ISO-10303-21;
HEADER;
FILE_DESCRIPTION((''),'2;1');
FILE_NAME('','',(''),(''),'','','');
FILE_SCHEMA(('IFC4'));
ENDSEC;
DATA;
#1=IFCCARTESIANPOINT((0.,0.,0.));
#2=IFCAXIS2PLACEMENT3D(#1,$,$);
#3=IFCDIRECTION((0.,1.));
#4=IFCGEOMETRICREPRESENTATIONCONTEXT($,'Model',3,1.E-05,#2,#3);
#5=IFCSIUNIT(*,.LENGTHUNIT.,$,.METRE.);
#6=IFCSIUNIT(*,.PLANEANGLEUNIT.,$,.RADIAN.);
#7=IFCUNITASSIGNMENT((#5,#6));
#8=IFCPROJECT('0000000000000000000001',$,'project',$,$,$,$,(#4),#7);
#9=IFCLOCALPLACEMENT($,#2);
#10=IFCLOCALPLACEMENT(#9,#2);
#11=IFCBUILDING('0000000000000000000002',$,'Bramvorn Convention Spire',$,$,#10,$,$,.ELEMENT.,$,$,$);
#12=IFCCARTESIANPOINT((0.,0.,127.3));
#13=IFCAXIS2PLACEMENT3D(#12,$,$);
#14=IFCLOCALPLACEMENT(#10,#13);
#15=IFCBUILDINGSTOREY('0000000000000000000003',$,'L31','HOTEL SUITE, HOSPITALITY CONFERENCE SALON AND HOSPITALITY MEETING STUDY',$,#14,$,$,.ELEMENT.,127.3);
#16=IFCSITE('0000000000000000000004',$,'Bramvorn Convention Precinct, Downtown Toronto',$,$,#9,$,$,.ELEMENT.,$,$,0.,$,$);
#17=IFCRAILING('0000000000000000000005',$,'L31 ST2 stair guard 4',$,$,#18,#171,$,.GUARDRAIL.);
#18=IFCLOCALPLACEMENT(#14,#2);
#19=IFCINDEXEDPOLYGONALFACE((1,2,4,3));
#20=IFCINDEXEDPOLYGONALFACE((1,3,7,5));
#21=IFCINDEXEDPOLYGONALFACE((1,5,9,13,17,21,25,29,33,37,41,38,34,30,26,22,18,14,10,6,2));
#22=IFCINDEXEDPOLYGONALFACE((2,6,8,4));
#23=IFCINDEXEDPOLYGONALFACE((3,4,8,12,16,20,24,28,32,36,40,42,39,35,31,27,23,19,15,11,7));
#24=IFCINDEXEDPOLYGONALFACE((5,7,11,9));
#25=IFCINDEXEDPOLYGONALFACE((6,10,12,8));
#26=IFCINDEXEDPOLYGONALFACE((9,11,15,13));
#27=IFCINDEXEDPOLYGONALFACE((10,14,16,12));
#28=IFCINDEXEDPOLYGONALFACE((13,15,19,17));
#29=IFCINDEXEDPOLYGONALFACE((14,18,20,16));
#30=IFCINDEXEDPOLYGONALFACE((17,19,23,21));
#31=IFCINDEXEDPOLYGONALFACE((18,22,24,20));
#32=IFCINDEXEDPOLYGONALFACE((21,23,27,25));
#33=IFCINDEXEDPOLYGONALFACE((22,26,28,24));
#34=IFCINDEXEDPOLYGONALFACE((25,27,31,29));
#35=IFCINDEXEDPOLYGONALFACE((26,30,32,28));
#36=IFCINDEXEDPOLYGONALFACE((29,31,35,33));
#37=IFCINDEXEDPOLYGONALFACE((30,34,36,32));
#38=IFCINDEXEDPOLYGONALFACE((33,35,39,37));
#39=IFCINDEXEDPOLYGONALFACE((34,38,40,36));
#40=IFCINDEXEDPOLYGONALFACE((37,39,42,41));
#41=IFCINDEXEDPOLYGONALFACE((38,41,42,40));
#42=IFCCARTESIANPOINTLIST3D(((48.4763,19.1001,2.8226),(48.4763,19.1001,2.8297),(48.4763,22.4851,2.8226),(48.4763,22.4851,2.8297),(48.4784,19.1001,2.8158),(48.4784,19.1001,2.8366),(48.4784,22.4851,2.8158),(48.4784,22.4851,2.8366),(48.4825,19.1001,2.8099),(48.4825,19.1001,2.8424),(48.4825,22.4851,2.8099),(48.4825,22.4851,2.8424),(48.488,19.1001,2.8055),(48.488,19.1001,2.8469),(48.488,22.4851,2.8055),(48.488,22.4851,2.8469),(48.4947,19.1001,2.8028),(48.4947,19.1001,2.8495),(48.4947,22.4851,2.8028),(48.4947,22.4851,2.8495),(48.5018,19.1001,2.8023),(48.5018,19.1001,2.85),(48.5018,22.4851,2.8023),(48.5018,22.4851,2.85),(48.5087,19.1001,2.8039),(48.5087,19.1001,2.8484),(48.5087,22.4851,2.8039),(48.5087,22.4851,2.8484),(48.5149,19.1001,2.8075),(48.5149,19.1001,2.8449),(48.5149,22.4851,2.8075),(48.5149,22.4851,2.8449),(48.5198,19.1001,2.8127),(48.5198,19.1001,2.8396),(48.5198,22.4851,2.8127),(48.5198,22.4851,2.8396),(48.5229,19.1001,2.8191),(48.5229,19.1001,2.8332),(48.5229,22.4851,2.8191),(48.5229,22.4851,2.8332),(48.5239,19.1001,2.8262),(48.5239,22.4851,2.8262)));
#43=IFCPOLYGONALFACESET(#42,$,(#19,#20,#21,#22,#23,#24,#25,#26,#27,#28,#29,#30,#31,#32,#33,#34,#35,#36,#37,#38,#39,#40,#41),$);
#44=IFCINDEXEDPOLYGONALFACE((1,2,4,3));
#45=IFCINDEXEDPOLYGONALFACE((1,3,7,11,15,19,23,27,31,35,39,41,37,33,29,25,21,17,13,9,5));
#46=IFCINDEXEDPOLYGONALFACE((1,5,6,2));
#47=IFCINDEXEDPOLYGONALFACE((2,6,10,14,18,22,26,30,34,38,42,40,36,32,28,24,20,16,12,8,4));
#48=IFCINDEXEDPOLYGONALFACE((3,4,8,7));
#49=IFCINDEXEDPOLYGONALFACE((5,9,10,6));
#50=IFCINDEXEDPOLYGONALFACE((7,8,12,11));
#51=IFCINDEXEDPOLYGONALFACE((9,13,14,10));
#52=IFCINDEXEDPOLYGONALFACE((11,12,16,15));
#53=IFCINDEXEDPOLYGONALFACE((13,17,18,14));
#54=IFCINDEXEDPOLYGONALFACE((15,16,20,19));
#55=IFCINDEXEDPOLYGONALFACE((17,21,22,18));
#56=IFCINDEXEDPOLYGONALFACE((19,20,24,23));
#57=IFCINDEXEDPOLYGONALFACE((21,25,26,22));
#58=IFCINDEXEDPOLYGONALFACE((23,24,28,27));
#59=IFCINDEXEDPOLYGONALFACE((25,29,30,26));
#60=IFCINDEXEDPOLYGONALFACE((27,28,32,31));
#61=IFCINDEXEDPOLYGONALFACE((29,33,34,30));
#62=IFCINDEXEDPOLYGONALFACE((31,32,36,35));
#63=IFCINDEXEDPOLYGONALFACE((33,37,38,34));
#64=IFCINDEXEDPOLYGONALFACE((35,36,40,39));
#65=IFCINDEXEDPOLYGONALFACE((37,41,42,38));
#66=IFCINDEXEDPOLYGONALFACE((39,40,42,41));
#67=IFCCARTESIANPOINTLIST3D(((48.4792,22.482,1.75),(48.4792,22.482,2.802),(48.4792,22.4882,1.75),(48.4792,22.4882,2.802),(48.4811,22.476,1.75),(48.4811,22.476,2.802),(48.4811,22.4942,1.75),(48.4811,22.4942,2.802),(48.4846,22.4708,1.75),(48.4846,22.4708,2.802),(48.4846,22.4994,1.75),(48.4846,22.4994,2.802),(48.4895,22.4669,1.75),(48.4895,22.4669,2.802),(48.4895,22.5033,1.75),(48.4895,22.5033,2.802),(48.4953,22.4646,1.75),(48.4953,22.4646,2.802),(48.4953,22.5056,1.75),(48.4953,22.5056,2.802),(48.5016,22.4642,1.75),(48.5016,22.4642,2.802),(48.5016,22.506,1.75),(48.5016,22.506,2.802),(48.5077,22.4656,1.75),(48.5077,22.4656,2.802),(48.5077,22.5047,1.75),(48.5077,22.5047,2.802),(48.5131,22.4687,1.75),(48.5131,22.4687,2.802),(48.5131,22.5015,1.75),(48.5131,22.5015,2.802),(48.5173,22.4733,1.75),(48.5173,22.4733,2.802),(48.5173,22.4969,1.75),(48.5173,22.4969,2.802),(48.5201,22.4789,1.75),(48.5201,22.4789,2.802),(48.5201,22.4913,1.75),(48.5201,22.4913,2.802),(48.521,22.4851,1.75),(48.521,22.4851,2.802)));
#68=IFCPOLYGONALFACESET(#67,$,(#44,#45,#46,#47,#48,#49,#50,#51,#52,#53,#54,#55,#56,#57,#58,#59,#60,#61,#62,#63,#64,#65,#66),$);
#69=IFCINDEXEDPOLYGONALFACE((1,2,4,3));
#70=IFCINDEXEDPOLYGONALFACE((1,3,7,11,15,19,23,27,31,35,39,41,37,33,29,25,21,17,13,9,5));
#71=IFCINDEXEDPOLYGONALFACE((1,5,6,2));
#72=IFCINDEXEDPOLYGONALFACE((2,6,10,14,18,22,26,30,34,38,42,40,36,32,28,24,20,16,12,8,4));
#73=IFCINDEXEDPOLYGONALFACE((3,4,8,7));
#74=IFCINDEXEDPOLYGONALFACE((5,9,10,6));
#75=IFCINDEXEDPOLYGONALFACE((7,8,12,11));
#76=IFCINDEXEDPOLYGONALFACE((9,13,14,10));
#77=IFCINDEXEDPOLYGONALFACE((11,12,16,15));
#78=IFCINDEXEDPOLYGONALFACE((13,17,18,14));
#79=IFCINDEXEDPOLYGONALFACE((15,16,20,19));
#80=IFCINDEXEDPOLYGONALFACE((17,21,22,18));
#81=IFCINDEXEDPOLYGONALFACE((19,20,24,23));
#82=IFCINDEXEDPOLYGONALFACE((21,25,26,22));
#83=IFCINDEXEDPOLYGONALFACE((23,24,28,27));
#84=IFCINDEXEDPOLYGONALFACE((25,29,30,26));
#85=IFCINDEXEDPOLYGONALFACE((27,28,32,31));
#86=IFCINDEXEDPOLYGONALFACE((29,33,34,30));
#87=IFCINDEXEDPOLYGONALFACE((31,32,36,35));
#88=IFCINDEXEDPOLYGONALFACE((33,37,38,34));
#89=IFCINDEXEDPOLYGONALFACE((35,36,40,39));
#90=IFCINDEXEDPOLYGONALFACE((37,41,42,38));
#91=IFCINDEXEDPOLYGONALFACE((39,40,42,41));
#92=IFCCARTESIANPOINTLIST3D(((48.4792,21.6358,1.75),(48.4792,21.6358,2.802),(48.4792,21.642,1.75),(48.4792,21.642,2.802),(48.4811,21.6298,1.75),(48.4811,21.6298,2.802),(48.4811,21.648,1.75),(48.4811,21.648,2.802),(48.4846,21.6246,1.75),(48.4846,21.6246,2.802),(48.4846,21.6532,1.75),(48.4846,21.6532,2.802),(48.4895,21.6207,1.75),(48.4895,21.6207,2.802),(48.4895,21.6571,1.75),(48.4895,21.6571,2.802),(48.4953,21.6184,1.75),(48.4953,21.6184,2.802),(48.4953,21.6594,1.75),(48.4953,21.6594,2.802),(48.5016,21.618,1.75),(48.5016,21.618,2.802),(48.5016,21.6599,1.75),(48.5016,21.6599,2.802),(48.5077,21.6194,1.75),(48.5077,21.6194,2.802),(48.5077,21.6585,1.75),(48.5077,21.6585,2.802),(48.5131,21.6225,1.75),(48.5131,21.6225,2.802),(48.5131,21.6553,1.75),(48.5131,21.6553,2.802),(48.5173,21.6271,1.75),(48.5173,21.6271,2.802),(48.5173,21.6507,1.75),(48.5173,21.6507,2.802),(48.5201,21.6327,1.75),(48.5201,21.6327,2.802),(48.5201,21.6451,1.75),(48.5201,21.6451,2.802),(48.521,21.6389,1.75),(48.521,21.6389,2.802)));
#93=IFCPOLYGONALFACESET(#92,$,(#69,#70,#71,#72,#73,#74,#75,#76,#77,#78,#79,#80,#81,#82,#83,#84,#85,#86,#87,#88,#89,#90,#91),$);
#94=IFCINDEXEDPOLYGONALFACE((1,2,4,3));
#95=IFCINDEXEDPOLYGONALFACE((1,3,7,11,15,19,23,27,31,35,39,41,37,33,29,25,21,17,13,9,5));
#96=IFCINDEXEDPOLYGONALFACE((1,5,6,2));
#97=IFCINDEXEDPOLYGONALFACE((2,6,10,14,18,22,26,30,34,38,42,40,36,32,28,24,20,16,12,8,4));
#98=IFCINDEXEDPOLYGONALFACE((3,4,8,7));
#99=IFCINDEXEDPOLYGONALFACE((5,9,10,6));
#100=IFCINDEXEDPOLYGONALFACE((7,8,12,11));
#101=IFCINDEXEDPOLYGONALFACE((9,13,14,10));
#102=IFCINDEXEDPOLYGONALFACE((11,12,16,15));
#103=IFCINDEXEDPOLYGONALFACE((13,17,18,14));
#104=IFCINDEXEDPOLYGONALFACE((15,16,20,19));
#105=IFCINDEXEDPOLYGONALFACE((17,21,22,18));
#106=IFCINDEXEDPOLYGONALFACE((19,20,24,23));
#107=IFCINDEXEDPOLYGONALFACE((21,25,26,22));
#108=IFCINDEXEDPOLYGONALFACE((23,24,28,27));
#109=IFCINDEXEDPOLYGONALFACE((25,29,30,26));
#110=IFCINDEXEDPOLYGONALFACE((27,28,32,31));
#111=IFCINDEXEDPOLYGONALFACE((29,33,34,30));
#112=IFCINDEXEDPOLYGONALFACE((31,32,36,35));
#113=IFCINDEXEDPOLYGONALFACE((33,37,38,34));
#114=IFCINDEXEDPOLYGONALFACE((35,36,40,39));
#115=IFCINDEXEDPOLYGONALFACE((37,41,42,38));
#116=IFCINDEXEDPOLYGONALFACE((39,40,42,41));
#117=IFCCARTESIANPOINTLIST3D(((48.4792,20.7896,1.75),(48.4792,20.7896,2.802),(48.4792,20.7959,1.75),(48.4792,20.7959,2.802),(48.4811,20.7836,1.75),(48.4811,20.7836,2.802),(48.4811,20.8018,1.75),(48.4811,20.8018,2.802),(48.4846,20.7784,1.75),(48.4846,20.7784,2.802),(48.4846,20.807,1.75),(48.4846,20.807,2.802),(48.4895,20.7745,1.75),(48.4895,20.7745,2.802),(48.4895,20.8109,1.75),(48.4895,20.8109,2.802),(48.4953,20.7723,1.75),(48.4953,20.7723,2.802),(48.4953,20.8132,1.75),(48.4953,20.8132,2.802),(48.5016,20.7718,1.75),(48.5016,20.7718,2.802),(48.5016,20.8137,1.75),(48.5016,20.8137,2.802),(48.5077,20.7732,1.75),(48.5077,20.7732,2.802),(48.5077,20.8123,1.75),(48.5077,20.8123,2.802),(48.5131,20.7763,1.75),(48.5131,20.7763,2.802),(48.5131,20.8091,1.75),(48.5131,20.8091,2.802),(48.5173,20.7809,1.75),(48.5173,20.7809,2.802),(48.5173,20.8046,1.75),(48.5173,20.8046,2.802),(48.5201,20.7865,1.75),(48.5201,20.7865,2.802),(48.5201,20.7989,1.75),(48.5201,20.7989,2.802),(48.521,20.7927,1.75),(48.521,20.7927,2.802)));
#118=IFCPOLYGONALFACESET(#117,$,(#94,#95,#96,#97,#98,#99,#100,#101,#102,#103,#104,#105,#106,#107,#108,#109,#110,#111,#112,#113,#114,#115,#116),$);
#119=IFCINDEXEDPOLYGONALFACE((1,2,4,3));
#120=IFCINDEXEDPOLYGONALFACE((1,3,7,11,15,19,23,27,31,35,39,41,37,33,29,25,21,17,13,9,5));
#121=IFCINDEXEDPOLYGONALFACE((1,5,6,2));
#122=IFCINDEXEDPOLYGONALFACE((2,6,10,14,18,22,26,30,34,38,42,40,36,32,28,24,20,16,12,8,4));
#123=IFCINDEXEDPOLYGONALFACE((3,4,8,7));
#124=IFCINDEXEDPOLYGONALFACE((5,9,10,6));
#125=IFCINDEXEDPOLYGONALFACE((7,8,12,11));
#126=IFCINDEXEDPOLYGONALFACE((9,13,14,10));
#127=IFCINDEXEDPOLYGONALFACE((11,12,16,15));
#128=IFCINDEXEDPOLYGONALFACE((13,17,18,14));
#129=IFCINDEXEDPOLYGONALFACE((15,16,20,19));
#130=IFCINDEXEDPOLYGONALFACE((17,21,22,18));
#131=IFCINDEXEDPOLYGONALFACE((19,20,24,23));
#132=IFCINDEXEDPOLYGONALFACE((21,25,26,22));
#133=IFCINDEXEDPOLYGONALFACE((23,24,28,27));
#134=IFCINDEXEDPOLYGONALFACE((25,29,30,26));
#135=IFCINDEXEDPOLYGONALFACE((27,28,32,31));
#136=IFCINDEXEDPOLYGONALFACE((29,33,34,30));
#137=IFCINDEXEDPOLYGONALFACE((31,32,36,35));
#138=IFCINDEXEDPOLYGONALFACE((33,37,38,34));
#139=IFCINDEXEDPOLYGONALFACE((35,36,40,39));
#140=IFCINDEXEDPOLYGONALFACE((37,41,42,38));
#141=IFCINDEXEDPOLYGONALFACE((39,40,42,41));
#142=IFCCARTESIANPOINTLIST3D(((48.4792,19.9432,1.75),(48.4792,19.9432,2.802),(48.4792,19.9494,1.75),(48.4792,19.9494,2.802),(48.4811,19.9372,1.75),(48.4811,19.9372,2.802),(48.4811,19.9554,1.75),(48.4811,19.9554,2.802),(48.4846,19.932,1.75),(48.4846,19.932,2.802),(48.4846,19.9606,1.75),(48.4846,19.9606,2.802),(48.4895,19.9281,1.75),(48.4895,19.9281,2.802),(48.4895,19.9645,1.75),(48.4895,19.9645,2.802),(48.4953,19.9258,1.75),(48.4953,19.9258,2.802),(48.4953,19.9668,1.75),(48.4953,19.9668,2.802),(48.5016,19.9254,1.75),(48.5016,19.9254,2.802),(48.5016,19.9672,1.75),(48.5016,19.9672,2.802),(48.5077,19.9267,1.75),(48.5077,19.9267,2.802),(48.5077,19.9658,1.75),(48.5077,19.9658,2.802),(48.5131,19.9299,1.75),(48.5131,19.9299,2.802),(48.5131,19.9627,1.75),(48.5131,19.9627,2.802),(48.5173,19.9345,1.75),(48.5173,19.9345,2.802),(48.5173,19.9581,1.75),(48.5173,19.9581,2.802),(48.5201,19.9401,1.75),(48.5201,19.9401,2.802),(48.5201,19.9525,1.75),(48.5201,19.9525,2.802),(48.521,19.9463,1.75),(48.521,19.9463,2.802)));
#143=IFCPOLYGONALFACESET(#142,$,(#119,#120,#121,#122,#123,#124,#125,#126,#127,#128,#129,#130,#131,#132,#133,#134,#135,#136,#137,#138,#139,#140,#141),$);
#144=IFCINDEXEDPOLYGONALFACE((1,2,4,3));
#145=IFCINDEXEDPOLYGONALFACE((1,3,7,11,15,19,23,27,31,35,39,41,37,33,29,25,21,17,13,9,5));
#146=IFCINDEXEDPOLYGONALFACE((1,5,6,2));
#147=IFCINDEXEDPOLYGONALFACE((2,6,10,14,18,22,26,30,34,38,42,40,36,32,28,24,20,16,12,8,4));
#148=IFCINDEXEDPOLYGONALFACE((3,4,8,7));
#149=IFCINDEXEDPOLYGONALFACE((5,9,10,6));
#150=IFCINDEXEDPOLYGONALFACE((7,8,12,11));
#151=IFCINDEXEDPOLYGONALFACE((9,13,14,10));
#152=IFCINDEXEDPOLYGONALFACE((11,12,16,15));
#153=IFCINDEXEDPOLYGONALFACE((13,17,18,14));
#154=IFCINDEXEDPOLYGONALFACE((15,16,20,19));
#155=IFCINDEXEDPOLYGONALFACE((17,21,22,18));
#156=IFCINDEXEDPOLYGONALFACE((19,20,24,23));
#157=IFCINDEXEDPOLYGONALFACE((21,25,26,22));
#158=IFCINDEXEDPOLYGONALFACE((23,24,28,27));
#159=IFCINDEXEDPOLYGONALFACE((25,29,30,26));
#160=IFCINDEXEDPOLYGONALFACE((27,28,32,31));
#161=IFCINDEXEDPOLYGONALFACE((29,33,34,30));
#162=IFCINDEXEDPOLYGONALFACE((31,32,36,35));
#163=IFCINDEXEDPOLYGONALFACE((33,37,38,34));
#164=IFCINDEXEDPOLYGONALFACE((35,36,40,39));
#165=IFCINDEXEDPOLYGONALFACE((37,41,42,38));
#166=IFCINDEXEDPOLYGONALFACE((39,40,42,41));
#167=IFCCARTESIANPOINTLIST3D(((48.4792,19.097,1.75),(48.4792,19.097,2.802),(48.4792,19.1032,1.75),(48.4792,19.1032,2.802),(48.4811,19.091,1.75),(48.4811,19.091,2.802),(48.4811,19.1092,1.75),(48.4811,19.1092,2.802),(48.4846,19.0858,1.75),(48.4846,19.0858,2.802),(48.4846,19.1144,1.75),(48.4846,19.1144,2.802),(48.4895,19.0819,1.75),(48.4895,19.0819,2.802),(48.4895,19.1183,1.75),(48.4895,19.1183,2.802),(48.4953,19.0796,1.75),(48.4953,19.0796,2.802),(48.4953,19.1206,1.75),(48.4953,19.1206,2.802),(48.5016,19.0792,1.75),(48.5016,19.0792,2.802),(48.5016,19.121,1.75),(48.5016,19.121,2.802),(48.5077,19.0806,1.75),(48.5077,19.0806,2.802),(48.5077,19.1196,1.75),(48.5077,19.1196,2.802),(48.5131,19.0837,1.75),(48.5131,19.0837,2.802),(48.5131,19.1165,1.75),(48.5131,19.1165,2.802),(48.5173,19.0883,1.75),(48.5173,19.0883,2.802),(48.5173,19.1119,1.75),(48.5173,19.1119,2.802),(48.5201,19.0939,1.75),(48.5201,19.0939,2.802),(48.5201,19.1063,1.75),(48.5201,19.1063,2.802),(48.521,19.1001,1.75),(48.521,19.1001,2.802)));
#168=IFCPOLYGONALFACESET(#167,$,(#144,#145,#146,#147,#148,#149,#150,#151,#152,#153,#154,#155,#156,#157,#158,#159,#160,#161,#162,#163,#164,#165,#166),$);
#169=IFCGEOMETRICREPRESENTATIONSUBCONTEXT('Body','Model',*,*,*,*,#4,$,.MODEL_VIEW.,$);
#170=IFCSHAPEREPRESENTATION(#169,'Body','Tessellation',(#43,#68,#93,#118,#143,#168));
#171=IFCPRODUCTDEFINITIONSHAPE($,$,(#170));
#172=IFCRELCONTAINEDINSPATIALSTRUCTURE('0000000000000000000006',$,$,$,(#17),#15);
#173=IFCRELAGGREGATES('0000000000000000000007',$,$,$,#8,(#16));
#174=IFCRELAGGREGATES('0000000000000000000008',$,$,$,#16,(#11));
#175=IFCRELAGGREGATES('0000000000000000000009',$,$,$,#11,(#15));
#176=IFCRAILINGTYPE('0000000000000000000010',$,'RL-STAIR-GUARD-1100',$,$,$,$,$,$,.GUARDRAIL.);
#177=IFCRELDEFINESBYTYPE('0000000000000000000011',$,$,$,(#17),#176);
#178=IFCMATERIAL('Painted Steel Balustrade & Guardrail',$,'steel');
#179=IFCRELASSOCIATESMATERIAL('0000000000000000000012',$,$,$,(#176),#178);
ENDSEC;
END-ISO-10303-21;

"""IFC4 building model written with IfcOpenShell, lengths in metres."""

from ifc_helpers import new_model, si_unit, direction, frame, origin, origin_2d, place, context, subcontext, project, spatial, circle, extrude, material, type_object, element, save


model = new_model("IFC4")

# Units and contexts
model_context = context("Model", 3, precision=1e-05, world=origin(), true_north=direction((0.0, 1.0)))
body_context = subcontext(model_context, "Body", "Model", "MODEL_VIEW")
ifc_project = project(units=[si_unit("LENGTHUNIT", "METRE"), si_unit("PLANEANGLEUNIT", "RADIAN")], contexts=[model_context])

# Site, building, storey
site_placement = place(None, origin())
site = spatial("IfcSite", under=ifc_project, at=site_placement, Name="Bramvorn Convention Precinct, Downtown Toronto", CompositionType="ELEMENT", RefElevation=0.0)
building_placement = place(site_placement, origin())
building = spatial("IfcBuilding", under=site, at=building_placement, Name="Bramvorn Convention Spire", CompositionType="ELEMENT")
storey_placement = place(building_placement, frame((0.0, 0.0, 127.3)))
storey = spatial("IfcBuildingStorey", under=building, at=storey_placement, Name="L31", Description="HOTEL SUITE, HOSPITALITY CONFERENCE SALON AND HOSPITALITY MEETING STUDY", CompositionType="ELEMENT", Elevation=127.3)

# Railing
ifc_material_1 = material(Name="Painted Steel Balustrade & Guardrail", Category="steel")
railing_type_1 = type_object("IfcRailingType", Name="RL-STAIR-GUARD-1100", PredefinedType="GUARDRAIL", material=ifc_material_1)
railing_1_placement = place(storey_placement, frame((48.5, 22.4851, 1.75)))
element("IfcRailing", 1, at=railing_1_placement, inside=storey, type_object=railing_type_1, Name="L31 ST2 stair guard 4", PredefinedType="GUARDRAIL", context=body_context, shape_type="SweptSolid", body=[
    extrude(circle(Radius=0.0239, at=origin_2d()), frame((0.0, 0.0, 1.0762), z_axis=(0.0, -1.0, 0.0), x_axis=(1.0, 0.0, 0.0)), (0.0, 0.0, 1.0), 3.385),
    extrude(circle(Radius=0.021, at=origin_2d()), origin(), (0.0, 0.0, 1.0), 1.052),
    extrude(circle(Radius=0.021, at=origin_2d()), frame((0.0, -0.8462, 0.0)), (0.0, 0.0, 1.0), 1.052),
    extrude(circle(Radius=0.021, at=origin_2d()), frame((0.0, -1.6924, 0.0)), (0.0, 0.0, 1.0), 1.052),
    extrude(circle(Radius=0.021, at=origin_2d()), frame((0.0, -2.5388, 0.0)), (0.0, 0.0, 1.0), 1.052),
    extrude(circle(Radius=0.021, at=origin_2d()), frame((0.0, -3.385, 0.0)), (0.0, 0.0, 1.0), 1.052),
])

save(model, "model.ifc")
